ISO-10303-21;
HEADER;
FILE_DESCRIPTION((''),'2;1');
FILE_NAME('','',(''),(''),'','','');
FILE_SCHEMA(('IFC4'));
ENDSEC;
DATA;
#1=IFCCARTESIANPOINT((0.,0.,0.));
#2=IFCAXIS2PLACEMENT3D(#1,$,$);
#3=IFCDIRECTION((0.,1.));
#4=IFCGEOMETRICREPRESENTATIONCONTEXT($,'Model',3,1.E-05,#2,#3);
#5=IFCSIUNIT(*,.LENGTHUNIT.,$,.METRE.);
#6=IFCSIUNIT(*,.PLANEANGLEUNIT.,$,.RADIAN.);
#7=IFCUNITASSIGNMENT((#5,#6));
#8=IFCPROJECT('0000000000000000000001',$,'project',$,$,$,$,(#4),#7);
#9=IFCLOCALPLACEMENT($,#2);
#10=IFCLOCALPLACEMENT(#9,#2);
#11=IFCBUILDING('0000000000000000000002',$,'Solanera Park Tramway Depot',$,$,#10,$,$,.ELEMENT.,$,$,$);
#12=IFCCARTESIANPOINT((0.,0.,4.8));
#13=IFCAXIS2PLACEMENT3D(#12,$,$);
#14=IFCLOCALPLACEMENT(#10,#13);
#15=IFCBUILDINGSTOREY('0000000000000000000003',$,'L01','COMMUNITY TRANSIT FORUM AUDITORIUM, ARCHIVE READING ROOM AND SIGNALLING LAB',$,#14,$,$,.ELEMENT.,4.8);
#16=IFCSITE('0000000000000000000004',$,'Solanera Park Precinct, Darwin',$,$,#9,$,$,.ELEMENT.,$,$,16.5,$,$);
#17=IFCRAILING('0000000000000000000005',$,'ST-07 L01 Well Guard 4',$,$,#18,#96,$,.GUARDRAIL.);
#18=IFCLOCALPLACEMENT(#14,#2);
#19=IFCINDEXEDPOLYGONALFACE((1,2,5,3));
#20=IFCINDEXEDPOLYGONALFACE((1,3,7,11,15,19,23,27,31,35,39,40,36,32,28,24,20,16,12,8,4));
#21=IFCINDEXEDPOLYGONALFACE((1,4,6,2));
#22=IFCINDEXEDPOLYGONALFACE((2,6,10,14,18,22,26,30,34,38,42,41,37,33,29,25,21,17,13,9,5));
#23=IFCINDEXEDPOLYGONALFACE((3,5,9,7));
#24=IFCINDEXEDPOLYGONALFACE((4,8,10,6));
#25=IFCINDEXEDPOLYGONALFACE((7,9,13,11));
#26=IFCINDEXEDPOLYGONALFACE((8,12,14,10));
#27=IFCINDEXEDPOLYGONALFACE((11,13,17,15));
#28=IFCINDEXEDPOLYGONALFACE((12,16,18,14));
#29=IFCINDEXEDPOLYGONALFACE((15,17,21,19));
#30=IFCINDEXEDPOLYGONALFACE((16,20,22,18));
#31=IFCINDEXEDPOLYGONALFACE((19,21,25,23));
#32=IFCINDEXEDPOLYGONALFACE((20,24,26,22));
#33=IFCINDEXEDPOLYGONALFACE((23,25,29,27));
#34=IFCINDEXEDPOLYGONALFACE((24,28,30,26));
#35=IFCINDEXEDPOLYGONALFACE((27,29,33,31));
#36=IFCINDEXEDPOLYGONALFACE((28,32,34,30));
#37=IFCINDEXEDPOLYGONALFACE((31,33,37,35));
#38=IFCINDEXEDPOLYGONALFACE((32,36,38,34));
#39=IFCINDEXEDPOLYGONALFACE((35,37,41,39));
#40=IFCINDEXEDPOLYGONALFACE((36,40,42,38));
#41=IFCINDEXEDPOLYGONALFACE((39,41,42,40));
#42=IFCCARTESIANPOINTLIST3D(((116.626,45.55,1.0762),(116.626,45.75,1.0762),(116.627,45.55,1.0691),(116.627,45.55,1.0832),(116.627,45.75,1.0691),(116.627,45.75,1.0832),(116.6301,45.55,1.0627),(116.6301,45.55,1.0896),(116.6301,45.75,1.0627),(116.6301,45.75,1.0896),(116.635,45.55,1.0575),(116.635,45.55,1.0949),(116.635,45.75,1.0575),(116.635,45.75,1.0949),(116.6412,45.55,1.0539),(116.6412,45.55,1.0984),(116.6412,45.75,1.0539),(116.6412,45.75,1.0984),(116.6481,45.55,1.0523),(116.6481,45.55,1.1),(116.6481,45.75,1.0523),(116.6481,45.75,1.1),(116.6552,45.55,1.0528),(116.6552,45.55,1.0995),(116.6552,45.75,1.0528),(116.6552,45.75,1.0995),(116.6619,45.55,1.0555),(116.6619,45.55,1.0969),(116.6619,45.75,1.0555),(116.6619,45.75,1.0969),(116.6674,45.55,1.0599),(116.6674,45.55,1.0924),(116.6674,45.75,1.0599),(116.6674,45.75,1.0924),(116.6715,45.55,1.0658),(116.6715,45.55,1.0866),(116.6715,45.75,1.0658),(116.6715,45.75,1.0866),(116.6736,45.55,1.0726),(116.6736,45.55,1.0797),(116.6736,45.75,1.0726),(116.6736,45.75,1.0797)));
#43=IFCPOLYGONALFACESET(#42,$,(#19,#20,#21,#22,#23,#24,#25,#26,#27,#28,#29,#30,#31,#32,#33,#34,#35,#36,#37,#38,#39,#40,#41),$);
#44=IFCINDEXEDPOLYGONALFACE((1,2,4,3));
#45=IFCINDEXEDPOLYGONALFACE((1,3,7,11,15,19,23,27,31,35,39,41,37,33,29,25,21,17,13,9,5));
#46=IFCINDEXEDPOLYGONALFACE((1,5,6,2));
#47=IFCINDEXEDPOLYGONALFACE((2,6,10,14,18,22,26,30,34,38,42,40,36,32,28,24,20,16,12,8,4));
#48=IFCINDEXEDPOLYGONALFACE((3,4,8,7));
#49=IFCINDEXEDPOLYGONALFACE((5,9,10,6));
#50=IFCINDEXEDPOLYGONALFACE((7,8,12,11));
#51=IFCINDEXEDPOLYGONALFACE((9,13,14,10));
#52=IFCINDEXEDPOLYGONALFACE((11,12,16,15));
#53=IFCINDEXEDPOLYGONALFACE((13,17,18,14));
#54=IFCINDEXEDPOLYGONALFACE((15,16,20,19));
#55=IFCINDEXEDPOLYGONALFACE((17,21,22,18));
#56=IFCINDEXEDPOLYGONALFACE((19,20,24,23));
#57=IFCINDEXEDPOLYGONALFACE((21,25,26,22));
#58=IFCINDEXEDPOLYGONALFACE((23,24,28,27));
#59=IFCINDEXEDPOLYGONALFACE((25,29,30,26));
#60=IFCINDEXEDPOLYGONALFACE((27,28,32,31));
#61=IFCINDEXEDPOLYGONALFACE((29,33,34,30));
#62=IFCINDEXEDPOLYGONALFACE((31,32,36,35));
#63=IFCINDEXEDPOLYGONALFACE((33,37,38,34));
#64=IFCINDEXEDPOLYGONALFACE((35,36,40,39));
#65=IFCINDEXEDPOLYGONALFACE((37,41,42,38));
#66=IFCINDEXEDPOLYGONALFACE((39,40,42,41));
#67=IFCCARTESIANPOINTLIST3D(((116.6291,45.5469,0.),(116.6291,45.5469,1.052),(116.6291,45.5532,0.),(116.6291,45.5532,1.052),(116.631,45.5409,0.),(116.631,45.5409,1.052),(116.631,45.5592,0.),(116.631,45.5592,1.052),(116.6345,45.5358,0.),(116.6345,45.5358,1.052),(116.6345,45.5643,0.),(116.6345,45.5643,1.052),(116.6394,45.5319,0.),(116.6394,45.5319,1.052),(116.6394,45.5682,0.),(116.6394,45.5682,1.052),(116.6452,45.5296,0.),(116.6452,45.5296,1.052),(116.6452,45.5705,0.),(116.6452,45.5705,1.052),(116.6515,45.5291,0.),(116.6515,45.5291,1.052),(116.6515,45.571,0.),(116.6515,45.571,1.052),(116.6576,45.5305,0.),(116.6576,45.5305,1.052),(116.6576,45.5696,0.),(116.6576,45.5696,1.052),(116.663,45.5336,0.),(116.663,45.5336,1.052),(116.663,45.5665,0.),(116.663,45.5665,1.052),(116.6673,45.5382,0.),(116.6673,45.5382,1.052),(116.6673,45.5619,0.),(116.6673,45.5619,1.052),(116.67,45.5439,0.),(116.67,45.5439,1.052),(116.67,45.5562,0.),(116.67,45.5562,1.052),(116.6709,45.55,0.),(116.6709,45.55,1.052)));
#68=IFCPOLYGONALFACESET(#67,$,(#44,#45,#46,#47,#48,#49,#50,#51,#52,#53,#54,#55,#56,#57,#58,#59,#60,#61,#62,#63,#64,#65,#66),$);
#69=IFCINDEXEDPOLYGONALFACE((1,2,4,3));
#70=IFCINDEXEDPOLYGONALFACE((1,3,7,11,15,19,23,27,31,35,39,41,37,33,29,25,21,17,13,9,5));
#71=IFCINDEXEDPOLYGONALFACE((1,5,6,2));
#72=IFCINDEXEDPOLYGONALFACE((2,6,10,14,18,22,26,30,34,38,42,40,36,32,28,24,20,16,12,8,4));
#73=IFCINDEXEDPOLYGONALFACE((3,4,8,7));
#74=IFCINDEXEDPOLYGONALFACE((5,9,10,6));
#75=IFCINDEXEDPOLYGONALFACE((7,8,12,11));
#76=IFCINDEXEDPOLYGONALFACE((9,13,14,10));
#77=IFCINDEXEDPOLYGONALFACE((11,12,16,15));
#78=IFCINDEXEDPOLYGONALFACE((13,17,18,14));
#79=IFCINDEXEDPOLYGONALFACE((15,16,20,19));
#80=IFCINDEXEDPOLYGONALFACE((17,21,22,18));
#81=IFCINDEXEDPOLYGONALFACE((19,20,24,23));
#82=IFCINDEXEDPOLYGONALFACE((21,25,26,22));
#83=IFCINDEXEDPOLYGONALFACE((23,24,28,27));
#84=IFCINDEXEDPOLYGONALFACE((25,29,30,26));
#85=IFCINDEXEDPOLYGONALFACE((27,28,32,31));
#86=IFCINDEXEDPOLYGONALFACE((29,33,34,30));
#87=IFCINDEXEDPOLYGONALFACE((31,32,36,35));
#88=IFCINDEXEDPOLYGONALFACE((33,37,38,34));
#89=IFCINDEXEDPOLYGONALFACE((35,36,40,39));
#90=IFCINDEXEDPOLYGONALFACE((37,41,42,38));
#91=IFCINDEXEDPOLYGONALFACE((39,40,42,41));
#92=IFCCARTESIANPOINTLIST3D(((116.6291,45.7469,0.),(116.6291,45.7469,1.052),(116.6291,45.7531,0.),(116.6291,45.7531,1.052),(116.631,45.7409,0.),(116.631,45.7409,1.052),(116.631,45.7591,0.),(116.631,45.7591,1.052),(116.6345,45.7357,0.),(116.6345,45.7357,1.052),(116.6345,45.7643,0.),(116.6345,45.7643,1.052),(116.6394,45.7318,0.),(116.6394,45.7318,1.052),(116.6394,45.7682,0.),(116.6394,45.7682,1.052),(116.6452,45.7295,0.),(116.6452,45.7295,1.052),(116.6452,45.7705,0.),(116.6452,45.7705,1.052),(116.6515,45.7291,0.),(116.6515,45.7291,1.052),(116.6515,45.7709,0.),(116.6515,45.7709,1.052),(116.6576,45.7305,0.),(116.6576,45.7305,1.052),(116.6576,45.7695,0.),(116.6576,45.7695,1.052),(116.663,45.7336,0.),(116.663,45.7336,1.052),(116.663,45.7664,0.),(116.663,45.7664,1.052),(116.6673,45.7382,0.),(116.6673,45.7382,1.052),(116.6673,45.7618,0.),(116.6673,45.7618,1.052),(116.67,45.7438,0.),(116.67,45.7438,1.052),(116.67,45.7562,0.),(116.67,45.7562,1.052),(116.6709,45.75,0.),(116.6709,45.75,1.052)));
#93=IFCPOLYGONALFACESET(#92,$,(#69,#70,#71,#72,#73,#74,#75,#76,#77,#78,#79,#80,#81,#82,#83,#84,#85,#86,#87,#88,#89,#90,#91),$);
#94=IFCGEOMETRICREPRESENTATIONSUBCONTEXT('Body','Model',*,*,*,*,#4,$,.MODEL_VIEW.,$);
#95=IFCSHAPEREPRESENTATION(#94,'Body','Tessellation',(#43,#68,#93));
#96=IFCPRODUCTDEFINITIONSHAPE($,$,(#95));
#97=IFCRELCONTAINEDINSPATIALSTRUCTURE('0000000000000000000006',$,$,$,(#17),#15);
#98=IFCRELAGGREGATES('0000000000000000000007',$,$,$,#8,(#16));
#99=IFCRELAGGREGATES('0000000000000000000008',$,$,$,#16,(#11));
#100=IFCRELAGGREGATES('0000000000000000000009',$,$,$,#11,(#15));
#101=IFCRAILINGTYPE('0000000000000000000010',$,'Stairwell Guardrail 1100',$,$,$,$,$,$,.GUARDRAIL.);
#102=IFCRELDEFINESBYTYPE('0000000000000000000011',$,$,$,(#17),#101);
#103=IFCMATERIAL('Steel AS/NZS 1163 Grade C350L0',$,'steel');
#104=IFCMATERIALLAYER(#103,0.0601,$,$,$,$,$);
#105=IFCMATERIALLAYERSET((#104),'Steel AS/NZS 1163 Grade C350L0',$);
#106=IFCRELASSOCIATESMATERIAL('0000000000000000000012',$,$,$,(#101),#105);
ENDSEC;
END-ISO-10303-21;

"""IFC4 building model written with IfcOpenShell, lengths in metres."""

from ifc_helpers import new_model, si_unit, direction, frame, origin, origin_2d, place, context, subcontext, project, spatial, circle, extrude, material, layer, layer_set, type_object, element, save


model = new_model("IFC4")

# Units and contexts
model_context = context("Model", 3, precision=1e-05, world=origin(), true_north=direction((0.0, 1.0)))
body_context = subcontext(model_context, "Body", "Model", "MODEL_VIEW")
ifc_project = project(units=[si_unit("LENGTHUNIT", "METRE"), si_unit("PLANEANGLEUNIT", "RADIAN")], contexts=[model_context])

# Site, building, storey
site_placement = place(None, origin())
site = spatial("IfcSite", under=ifc_project, at=site_placement, Name="Solanera Park Precinct, Darwin", CompositionType="ELEMENT", RefElevation=16.5)
building_placement = place(site_placement, origin())
building = spatial("IfcBuilding", under=site, at=building_placement, Name="Solanera Park Tramway Depot", CompositionType="ELEMENT")
storey_placement = place(building_placement, frame((0.0, 0.0, 4.8)))
storey = spatial("IfcBuildingStorey", under=building, at=storey_placement, Name="L01", Description="COMMUNITY TRANSIT FORUM AUDITORIUM, ARCHIVE READING ROOM AND SIGNALLING LAB", CompositionType="ELEMENT", Elevation=4.8)

# Railing
ifc_material_1 = material(Name="Steel AS/NZS 1163 Grade C350L0", Category="steel")
ifc_layer_1 = layer(ifc_material_1, 0.0601)
ifc_layer_set_1 = layer_set([ifc_layer_1], Name="Steel AS/NZS 1163 Grade C350L0")
railing_type_1 = type_object("IfcRailingType", Name="Stairwell Guardrail 1100", PredefinedType="GUARDRAIL", material=ifc_layer_set_1)
railing_1_placement = place(storey_placement, frame((116.6499, 45.55, 0.0)))
element("IfcRailing", 1, at=railing_1_placement, inside=storey, type_object=railing_type_1, Name="ST-07 L01 Well Guard 4", PredefinedType="GUARDRAIL", context=body_context, shape_type="SweptSolid", body=[
    extrude(circle(Radius=0.0239, at=origin_2d()), frame((0.0, 0.0, 1.0762), z_axis=(0.0, 1.0, 0.0), x_axis=(-1.0, 0.0, 0.0)), (0.0, 0.0, 1.0), 0.2),
    extrude(circle(Radius=0.021, at=origin_2d()), origin(), (0.0, 0.0, 1.0), 1.052),
    extrude(circle(Radius=0.021, at=origin_2d()), frame((0.0, 0.2, 0.0)), (0.0, 0.0, 1.0), 1.052),
])

save(model, "model.ifc")
